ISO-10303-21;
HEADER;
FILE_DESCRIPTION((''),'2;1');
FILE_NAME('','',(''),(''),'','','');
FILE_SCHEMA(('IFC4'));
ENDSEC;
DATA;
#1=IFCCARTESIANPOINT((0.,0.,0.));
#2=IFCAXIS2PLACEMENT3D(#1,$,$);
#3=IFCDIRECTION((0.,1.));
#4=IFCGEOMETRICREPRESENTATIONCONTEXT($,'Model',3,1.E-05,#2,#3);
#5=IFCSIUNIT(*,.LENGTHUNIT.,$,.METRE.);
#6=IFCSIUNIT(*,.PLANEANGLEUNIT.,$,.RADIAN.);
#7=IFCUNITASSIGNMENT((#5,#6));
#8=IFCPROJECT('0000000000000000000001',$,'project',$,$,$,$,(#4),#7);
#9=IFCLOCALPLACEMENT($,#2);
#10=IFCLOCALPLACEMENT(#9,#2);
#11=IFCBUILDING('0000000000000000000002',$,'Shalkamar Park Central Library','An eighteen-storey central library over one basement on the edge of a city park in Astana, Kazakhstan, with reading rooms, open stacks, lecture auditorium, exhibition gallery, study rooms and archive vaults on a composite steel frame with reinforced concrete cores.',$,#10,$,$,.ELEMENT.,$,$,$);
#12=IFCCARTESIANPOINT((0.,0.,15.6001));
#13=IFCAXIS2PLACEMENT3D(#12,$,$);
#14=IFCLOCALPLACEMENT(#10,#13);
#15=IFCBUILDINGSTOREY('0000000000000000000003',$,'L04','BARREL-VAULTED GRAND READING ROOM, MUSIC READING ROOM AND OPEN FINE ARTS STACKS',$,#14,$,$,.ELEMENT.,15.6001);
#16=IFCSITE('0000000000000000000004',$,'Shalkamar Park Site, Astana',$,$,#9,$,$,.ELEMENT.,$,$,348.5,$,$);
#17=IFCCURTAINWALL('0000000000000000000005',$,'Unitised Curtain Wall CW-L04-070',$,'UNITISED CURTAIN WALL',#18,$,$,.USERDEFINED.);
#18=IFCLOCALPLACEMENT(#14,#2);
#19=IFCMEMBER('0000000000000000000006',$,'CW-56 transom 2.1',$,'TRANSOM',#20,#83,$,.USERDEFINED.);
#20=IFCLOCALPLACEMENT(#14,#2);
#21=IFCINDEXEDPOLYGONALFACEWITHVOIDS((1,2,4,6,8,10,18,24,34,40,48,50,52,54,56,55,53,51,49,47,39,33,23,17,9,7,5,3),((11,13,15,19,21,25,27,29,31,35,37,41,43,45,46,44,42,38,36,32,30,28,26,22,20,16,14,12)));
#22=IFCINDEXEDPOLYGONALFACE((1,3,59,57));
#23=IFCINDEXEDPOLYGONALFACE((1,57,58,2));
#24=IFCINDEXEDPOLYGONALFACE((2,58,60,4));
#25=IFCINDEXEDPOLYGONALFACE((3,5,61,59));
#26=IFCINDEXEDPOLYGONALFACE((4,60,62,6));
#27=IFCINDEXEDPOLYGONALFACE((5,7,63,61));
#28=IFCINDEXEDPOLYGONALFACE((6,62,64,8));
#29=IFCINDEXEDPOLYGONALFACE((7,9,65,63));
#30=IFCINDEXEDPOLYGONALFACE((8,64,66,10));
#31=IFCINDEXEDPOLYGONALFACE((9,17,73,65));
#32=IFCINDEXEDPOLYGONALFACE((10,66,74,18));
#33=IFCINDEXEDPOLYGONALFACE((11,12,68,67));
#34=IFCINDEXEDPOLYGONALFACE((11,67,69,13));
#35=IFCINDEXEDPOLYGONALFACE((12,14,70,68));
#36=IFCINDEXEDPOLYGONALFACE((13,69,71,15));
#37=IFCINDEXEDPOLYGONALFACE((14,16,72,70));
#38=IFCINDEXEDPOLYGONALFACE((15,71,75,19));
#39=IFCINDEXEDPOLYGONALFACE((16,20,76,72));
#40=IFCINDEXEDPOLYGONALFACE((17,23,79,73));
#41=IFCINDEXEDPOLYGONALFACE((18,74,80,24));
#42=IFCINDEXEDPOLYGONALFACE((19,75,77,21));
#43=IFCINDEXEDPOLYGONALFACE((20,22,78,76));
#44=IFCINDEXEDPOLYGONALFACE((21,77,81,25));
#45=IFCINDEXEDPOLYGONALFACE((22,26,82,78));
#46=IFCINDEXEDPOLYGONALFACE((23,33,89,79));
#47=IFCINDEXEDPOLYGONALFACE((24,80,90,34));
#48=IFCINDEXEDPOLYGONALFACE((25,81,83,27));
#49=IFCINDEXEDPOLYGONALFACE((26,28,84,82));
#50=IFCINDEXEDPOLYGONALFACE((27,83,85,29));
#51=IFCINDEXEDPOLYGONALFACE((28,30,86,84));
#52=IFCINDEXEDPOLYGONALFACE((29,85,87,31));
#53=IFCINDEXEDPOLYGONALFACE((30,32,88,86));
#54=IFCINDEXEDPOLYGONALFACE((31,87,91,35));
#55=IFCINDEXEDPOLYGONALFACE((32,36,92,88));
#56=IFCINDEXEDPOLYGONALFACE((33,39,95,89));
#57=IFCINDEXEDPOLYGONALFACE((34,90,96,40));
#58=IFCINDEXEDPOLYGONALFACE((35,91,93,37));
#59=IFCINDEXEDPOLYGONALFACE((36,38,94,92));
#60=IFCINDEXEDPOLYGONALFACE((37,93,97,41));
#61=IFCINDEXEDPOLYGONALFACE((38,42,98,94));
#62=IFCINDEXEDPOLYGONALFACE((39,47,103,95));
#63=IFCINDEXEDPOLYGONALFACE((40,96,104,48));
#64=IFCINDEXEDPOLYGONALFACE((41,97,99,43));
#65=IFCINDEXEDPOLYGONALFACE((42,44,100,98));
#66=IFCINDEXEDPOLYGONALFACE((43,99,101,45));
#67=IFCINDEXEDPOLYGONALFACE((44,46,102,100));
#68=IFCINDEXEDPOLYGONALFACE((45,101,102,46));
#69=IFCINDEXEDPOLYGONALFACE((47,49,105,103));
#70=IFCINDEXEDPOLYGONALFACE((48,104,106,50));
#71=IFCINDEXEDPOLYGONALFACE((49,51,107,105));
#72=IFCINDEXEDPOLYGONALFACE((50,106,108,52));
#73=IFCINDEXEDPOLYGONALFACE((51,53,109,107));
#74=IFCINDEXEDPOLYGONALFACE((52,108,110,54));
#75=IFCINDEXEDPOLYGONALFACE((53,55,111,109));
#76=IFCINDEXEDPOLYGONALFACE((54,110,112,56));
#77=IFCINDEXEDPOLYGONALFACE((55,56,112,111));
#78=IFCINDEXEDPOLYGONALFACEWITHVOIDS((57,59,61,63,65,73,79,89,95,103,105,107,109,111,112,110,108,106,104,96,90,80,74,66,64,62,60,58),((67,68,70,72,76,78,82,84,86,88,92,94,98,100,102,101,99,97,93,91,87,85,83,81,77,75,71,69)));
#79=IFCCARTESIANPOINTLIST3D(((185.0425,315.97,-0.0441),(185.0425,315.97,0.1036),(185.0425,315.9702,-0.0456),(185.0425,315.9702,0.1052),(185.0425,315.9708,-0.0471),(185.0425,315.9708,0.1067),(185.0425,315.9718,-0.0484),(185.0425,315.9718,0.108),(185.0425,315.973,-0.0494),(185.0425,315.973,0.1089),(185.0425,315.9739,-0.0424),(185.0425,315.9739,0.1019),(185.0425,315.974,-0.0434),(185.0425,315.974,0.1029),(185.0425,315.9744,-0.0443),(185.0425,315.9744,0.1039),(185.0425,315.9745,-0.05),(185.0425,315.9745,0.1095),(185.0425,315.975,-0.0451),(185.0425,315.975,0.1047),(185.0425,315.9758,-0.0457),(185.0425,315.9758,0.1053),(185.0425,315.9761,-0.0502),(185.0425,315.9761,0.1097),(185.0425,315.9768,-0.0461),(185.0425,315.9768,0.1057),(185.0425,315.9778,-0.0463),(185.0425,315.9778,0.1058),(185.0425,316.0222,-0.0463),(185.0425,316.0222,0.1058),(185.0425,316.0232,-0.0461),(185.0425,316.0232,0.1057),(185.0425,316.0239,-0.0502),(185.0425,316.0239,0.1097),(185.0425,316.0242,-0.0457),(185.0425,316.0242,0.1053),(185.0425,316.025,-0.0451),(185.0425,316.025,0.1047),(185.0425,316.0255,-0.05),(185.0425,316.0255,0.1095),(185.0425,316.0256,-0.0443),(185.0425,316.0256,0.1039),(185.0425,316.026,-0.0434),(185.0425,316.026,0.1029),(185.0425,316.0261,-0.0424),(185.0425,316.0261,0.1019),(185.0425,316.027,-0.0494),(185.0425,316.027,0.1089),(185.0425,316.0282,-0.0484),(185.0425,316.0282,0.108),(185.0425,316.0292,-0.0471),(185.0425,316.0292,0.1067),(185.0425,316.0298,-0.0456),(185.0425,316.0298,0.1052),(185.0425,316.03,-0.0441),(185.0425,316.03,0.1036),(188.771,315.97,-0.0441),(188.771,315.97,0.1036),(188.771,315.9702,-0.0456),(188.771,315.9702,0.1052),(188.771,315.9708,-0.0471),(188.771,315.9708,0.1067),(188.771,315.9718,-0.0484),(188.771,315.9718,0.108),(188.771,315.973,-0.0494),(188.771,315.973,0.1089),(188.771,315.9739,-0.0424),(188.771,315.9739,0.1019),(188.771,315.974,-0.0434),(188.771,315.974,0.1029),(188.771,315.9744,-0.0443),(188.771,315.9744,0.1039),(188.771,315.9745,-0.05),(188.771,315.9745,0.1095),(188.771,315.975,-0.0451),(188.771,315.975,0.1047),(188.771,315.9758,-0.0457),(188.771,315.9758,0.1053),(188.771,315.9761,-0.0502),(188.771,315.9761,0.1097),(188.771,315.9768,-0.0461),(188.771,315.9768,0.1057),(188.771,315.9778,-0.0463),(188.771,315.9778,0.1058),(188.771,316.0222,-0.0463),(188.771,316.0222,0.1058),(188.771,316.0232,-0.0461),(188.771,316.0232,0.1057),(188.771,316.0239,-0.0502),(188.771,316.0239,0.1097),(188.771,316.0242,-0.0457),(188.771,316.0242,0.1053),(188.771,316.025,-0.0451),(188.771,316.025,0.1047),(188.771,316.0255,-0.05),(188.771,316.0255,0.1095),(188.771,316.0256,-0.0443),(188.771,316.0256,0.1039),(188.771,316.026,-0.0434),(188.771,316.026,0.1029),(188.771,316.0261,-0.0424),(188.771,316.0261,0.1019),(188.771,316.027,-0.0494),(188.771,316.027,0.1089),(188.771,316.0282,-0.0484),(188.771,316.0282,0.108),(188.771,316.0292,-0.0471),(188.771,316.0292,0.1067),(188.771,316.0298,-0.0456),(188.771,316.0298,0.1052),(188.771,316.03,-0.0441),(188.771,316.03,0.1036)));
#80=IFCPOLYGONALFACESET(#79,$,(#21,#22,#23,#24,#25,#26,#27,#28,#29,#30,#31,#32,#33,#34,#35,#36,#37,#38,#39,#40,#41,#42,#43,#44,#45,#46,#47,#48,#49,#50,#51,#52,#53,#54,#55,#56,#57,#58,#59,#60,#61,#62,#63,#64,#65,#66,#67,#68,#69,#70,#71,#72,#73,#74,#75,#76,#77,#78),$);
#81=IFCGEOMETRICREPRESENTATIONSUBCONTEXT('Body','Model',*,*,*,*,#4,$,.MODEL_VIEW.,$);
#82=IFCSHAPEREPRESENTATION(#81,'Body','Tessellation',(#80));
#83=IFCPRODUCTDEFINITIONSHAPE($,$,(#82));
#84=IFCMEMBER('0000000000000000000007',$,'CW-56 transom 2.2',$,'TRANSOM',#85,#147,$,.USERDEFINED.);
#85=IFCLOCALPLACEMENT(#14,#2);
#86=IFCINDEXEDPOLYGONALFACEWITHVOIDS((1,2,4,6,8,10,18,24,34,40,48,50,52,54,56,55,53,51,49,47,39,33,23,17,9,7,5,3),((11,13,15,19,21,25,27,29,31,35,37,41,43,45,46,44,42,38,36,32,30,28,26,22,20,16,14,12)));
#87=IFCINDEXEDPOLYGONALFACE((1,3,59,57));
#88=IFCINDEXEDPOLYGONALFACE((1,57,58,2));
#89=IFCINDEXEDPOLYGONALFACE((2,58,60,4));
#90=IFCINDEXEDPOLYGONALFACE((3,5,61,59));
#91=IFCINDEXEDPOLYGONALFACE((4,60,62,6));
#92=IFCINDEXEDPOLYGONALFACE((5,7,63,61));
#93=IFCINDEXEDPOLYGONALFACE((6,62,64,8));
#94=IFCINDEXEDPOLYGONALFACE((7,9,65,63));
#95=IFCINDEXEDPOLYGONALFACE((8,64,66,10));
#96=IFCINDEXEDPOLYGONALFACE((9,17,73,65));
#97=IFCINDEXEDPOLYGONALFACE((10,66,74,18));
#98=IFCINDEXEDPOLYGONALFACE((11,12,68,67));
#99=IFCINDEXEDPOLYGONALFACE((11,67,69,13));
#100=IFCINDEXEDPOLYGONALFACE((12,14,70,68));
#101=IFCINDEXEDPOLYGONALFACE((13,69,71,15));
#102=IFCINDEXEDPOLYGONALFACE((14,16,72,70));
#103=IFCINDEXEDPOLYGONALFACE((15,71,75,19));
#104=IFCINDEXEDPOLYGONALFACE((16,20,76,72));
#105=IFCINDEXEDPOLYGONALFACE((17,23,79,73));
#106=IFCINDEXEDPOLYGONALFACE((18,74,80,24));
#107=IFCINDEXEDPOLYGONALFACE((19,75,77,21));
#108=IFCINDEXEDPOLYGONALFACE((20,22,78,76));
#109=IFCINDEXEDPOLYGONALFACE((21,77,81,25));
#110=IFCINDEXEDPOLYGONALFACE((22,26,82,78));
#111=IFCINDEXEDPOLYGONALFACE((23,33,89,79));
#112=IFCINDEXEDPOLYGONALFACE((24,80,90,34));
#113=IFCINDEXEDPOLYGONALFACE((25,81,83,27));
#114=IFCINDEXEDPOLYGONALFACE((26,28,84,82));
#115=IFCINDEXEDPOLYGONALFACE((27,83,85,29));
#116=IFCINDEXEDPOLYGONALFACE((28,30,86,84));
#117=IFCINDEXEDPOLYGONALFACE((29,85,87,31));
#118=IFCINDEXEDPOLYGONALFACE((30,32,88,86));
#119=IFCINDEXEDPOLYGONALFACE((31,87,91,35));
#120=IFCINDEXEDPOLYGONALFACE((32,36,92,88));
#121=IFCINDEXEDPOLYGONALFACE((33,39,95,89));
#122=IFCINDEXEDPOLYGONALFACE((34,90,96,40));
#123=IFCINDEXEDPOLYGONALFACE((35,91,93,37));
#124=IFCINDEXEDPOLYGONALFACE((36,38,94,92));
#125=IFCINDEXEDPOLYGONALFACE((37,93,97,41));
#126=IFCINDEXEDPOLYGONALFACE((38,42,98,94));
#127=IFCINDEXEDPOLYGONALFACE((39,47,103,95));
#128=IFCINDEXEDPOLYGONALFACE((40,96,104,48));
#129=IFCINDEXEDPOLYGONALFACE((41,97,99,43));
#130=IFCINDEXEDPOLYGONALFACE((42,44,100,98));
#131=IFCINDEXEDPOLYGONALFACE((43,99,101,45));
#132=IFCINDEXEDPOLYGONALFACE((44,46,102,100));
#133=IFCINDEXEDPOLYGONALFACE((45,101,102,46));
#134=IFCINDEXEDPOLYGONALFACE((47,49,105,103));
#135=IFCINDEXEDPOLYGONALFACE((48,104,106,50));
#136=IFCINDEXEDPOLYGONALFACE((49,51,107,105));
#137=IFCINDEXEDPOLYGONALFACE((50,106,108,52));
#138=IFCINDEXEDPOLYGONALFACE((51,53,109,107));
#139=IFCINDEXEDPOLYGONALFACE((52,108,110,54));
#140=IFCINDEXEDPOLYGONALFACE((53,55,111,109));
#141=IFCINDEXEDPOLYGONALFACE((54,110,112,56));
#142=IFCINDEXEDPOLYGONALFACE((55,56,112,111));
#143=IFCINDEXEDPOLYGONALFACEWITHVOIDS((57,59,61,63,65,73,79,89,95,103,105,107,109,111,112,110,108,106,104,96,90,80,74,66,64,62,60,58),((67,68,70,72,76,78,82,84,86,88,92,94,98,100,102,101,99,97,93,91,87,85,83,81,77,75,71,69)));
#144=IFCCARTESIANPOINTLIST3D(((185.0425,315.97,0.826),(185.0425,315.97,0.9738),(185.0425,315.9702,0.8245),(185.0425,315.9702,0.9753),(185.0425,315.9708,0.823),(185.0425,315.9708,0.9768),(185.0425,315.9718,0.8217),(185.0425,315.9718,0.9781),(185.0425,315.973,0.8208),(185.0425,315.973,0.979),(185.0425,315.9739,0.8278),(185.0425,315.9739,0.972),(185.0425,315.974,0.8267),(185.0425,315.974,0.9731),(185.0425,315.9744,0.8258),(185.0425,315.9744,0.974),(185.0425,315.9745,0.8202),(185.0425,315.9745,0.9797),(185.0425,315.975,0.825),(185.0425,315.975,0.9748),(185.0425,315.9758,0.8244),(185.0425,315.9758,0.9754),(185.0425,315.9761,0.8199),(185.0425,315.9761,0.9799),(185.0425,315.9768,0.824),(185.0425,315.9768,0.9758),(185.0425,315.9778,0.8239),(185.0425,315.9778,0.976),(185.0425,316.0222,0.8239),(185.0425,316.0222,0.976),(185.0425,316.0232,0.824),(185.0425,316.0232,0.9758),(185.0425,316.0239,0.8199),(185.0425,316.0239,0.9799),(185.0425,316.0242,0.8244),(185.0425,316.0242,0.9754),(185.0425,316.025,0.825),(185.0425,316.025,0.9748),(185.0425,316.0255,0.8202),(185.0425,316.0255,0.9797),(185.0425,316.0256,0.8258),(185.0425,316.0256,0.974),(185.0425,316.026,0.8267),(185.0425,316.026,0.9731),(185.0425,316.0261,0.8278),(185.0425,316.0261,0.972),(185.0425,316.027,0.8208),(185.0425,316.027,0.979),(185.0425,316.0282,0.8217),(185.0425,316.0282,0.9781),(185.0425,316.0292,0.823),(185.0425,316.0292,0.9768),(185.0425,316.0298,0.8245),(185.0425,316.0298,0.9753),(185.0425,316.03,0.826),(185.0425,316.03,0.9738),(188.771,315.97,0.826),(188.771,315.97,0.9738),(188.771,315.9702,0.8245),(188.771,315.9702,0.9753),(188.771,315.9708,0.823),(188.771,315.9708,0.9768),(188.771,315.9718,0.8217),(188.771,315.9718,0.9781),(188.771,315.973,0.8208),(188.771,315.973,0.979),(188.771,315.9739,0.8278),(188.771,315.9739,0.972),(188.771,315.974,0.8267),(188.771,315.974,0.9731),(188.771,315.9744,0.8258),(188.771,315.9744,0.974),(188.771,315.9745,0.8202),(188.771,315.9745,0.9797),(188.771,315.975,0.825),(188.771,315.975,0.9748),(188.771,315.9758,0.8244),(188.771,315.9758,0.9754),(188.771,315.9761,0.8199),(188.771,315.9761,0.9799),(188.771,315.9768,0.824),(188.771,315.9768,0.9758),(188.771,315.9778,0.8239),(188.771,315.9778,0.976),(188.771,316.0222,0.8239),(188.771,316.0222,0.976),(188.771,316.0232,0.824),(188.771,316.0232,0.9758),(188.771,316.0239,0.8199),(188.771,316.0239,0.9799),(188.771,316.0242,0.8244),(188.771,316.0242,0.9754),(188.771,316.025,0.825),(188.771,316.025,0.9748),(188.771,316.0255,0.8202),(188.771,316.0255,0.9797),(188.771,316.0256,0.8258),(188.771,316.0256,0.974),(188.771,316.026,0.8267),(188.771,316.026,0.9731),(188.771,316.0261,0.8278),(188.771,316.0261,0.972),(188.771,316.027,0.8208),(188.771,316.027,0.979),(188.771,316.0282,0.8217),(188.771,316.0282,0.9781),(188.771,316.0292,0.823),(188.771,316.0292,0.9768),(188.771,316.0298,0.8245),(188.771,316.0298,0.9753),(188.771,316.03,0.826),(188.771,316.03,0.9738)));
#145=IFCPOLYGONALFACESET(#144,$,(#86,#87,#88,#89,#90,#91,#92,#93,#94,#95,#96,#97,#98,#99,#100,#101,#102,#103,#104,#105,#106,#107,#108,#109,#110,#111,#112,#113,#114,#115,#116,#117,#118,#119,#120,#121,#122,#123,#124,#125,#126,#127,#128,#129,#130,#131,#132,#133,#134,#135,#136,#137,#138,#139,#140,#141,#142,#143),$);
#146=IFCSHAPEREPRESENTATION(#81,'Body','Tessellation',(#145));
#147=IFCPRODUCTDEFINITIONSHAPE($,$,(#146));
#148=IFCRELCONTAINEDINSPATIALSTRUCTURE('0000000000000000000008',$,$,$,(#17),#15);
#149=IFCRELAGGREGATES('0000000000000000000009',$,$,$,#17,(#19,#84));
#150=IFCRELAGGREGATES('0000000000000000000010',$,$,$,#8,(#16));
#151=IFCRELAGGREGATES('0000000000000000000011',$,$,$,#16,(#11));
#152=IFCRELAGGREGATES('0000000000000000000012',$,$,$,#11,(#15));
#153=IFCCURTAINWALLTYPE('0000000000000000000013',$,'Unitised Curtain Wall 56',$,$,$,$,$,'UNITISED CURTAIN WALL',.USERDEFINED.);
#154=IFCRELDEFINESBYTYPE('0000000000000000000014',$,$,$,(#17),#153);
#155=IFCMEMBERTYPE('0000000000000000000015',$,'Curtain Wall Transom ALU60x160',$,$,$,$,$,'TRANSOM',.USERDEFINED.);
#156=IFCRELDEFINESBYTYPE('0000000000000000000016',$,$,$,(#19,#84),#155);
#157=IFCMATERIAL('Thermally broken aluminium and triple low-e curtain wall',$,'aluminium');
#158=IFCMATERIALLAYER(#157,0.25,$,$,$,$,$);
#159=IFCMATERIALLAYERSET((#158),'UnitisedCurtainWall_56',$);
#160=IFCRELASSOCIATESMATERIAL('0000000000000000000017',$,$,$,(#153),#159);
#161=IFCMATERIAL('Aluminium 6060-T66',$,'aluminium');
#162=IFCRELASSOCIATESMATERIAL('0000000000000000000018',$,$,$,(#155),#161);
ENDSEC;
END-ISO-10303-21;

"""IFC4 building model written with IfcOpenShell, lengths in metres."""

from ifc_helpers import new_model, si_unit, direction, frame, origin, origin_2d, place, context, subcontext, project, spatial, hollow_rectangle, extrude, material, layer, layer_set, material_profile, profile_set, type_object, element, aggregate, save


model = new_model("IFC4")

# Units and contexts
model_context = context("Model", 3, precision=1e-05, world=origin(), true_north=direction((0.0, 1.0)))
body_context = subcontext(model_context, "Body", "Model", "MODEL_VIEW")
ifc_project = project(units=[si_unit("LENGTHUNIT", "METRE"), si_unit("PLANEANGLEUNIT", "RADIAN")], contexts=[model_context])

# Site, building, storey
site_placement = place(None, origin())
site = spatial("IfcSite", under=ifc_project, at=site_placement, Name="Shalkamar Park Site, Astana", CompositionType="ELEMENT", RefElevation=348.5)
building_placement = place(site_placement, origin())
building = spatial("IfcBuilding", under=site, at=building_placement, Name="Shalkamar Park Central Library", Description="An eighteen-storey central library over one basement on the edge of a city park in Astana, Kazakhstan, with reading rooms, open stacks, lecture auditorium, exhibition gallery, study rooms and archive vaults on a composite steel frame with reinforced concrete cores.", CompositionType="ELEMENT")
storey_placement = place(building_placement, frame((0.0, 0.0, 15.6001)))
storey = spatial("IfcBuildingStorey", under=building, at=storey_placement, Name="L04", Description="BARREL-VAULTED GRAND READING ROOM, MUSIC READING ROOM AND OPEN FINE ARTS STACKS", CompositionType="ELEMENT", Elevation=15.6001)

# Curtain wall
ifc_material_1 = material(Name="Thermally broken aluminium and triple low-e curtain wall", Category="aluminium")
ifc_layer_1 = layer(ifc_material_1, 0.25)
ifc_layer_set_1 = layer_set([ifc_layer_1], Name="UnitisedCurtainWall_56")
curtain_wall_type_1 = type_object("IfcCurtainWallType", Name="Unitised Curtain Wall 56", ElementType="UNITISED CURTAIN WALL", PredefinedType="USERDEFINED", material=ifc_layer_set_1)
curtain_wall_1_placement = place(storey_placement, origin())
curtain_wall_1 = element("IfcCurtainWall", 1, at=curtain_wall_1_placement, inside=storey, type_object=curtain_wall_type_1, Name="Unitised Curtain Wall CW-L04-070", ObjectType="UNITISED CURTAIN WALL", PredefinedType="USERDEFINED")
ifc_material_2 = material(Name="Aluminium 6060-T66", Category="aluminium")

# Members
ifc_material_profile_1 = material_profile(ifc_material_2, hollow_rectangle(XDim=0.0601, YDim=0.1599, WallThickness=0.0039, InnerFilletRadius=0.0039, OuterFilletRadius=0.0061, at=origin_2d()), Name="ALU 60x160x4")
ifc_profile_set_1 = profile_set([ifc_material_profile_1], Name="Aluminium 6060-T66")
member_type_1 = type_object("IfcMemberType", Name="Curtain Wall Transom ALU60x160", ElementType="TRANSOM", PredefinedType="USERDEFINED", material=ifc_profile_set_1)
member_1_placement = place(storey_placement, frame((185.0425, 316.0, 0.0298), z_axis=(1.0, 0.0, 0.0), x_axis=(0.0, 1.0, 0.0)))
member_1 = element("IfcMember", 2, at=member_1_placement, type_object=member_type_1, Name="CW-56 transom 2.1", ObjectType="TRANSOM", PredefinedType="USERDEFINED", context=body_context, shape_type="SweptSolid", body=[
    extrude(hollow_rectangle(XDim=0.0601, YDim=0.1599, WallThickness=0.0039, InnerFilletRadius=0.0039, OuterFilletRadius=0.0061, at=origin_2d()), origin(), (0.0, 0.0, 1.0), 3.7285),
])
member_2_placement = place(storey_placement, frame((185.0425, 316.0, 0.8999), z_axis=(1.0, 0.0, 0.0), x_axis=(0.0, 1.0, 0.0)))
member_2 = element("IfcMember", 3, at=member_2_placement, type_object=member_type_1, Name="CW-56 transom 2.2", ObjectType="TRANSOM", PredefinedType="USERDEFINED", context=body_context, shape_type="SweptSolid", body=[
    extrude(hollow_rectangle(XDim=0.0601, YDim=0.1599, WallThickness=0.0039, InnerFilletRadius=0.0039, OuterFilletRadius=0.0061, at=origin_2d()), origin(), (0.0, 0.0, 1.0), 3.7285),
])

aggregate(curtain_wall_1, [member_1, member_2])

save(model, "model.ifc")
